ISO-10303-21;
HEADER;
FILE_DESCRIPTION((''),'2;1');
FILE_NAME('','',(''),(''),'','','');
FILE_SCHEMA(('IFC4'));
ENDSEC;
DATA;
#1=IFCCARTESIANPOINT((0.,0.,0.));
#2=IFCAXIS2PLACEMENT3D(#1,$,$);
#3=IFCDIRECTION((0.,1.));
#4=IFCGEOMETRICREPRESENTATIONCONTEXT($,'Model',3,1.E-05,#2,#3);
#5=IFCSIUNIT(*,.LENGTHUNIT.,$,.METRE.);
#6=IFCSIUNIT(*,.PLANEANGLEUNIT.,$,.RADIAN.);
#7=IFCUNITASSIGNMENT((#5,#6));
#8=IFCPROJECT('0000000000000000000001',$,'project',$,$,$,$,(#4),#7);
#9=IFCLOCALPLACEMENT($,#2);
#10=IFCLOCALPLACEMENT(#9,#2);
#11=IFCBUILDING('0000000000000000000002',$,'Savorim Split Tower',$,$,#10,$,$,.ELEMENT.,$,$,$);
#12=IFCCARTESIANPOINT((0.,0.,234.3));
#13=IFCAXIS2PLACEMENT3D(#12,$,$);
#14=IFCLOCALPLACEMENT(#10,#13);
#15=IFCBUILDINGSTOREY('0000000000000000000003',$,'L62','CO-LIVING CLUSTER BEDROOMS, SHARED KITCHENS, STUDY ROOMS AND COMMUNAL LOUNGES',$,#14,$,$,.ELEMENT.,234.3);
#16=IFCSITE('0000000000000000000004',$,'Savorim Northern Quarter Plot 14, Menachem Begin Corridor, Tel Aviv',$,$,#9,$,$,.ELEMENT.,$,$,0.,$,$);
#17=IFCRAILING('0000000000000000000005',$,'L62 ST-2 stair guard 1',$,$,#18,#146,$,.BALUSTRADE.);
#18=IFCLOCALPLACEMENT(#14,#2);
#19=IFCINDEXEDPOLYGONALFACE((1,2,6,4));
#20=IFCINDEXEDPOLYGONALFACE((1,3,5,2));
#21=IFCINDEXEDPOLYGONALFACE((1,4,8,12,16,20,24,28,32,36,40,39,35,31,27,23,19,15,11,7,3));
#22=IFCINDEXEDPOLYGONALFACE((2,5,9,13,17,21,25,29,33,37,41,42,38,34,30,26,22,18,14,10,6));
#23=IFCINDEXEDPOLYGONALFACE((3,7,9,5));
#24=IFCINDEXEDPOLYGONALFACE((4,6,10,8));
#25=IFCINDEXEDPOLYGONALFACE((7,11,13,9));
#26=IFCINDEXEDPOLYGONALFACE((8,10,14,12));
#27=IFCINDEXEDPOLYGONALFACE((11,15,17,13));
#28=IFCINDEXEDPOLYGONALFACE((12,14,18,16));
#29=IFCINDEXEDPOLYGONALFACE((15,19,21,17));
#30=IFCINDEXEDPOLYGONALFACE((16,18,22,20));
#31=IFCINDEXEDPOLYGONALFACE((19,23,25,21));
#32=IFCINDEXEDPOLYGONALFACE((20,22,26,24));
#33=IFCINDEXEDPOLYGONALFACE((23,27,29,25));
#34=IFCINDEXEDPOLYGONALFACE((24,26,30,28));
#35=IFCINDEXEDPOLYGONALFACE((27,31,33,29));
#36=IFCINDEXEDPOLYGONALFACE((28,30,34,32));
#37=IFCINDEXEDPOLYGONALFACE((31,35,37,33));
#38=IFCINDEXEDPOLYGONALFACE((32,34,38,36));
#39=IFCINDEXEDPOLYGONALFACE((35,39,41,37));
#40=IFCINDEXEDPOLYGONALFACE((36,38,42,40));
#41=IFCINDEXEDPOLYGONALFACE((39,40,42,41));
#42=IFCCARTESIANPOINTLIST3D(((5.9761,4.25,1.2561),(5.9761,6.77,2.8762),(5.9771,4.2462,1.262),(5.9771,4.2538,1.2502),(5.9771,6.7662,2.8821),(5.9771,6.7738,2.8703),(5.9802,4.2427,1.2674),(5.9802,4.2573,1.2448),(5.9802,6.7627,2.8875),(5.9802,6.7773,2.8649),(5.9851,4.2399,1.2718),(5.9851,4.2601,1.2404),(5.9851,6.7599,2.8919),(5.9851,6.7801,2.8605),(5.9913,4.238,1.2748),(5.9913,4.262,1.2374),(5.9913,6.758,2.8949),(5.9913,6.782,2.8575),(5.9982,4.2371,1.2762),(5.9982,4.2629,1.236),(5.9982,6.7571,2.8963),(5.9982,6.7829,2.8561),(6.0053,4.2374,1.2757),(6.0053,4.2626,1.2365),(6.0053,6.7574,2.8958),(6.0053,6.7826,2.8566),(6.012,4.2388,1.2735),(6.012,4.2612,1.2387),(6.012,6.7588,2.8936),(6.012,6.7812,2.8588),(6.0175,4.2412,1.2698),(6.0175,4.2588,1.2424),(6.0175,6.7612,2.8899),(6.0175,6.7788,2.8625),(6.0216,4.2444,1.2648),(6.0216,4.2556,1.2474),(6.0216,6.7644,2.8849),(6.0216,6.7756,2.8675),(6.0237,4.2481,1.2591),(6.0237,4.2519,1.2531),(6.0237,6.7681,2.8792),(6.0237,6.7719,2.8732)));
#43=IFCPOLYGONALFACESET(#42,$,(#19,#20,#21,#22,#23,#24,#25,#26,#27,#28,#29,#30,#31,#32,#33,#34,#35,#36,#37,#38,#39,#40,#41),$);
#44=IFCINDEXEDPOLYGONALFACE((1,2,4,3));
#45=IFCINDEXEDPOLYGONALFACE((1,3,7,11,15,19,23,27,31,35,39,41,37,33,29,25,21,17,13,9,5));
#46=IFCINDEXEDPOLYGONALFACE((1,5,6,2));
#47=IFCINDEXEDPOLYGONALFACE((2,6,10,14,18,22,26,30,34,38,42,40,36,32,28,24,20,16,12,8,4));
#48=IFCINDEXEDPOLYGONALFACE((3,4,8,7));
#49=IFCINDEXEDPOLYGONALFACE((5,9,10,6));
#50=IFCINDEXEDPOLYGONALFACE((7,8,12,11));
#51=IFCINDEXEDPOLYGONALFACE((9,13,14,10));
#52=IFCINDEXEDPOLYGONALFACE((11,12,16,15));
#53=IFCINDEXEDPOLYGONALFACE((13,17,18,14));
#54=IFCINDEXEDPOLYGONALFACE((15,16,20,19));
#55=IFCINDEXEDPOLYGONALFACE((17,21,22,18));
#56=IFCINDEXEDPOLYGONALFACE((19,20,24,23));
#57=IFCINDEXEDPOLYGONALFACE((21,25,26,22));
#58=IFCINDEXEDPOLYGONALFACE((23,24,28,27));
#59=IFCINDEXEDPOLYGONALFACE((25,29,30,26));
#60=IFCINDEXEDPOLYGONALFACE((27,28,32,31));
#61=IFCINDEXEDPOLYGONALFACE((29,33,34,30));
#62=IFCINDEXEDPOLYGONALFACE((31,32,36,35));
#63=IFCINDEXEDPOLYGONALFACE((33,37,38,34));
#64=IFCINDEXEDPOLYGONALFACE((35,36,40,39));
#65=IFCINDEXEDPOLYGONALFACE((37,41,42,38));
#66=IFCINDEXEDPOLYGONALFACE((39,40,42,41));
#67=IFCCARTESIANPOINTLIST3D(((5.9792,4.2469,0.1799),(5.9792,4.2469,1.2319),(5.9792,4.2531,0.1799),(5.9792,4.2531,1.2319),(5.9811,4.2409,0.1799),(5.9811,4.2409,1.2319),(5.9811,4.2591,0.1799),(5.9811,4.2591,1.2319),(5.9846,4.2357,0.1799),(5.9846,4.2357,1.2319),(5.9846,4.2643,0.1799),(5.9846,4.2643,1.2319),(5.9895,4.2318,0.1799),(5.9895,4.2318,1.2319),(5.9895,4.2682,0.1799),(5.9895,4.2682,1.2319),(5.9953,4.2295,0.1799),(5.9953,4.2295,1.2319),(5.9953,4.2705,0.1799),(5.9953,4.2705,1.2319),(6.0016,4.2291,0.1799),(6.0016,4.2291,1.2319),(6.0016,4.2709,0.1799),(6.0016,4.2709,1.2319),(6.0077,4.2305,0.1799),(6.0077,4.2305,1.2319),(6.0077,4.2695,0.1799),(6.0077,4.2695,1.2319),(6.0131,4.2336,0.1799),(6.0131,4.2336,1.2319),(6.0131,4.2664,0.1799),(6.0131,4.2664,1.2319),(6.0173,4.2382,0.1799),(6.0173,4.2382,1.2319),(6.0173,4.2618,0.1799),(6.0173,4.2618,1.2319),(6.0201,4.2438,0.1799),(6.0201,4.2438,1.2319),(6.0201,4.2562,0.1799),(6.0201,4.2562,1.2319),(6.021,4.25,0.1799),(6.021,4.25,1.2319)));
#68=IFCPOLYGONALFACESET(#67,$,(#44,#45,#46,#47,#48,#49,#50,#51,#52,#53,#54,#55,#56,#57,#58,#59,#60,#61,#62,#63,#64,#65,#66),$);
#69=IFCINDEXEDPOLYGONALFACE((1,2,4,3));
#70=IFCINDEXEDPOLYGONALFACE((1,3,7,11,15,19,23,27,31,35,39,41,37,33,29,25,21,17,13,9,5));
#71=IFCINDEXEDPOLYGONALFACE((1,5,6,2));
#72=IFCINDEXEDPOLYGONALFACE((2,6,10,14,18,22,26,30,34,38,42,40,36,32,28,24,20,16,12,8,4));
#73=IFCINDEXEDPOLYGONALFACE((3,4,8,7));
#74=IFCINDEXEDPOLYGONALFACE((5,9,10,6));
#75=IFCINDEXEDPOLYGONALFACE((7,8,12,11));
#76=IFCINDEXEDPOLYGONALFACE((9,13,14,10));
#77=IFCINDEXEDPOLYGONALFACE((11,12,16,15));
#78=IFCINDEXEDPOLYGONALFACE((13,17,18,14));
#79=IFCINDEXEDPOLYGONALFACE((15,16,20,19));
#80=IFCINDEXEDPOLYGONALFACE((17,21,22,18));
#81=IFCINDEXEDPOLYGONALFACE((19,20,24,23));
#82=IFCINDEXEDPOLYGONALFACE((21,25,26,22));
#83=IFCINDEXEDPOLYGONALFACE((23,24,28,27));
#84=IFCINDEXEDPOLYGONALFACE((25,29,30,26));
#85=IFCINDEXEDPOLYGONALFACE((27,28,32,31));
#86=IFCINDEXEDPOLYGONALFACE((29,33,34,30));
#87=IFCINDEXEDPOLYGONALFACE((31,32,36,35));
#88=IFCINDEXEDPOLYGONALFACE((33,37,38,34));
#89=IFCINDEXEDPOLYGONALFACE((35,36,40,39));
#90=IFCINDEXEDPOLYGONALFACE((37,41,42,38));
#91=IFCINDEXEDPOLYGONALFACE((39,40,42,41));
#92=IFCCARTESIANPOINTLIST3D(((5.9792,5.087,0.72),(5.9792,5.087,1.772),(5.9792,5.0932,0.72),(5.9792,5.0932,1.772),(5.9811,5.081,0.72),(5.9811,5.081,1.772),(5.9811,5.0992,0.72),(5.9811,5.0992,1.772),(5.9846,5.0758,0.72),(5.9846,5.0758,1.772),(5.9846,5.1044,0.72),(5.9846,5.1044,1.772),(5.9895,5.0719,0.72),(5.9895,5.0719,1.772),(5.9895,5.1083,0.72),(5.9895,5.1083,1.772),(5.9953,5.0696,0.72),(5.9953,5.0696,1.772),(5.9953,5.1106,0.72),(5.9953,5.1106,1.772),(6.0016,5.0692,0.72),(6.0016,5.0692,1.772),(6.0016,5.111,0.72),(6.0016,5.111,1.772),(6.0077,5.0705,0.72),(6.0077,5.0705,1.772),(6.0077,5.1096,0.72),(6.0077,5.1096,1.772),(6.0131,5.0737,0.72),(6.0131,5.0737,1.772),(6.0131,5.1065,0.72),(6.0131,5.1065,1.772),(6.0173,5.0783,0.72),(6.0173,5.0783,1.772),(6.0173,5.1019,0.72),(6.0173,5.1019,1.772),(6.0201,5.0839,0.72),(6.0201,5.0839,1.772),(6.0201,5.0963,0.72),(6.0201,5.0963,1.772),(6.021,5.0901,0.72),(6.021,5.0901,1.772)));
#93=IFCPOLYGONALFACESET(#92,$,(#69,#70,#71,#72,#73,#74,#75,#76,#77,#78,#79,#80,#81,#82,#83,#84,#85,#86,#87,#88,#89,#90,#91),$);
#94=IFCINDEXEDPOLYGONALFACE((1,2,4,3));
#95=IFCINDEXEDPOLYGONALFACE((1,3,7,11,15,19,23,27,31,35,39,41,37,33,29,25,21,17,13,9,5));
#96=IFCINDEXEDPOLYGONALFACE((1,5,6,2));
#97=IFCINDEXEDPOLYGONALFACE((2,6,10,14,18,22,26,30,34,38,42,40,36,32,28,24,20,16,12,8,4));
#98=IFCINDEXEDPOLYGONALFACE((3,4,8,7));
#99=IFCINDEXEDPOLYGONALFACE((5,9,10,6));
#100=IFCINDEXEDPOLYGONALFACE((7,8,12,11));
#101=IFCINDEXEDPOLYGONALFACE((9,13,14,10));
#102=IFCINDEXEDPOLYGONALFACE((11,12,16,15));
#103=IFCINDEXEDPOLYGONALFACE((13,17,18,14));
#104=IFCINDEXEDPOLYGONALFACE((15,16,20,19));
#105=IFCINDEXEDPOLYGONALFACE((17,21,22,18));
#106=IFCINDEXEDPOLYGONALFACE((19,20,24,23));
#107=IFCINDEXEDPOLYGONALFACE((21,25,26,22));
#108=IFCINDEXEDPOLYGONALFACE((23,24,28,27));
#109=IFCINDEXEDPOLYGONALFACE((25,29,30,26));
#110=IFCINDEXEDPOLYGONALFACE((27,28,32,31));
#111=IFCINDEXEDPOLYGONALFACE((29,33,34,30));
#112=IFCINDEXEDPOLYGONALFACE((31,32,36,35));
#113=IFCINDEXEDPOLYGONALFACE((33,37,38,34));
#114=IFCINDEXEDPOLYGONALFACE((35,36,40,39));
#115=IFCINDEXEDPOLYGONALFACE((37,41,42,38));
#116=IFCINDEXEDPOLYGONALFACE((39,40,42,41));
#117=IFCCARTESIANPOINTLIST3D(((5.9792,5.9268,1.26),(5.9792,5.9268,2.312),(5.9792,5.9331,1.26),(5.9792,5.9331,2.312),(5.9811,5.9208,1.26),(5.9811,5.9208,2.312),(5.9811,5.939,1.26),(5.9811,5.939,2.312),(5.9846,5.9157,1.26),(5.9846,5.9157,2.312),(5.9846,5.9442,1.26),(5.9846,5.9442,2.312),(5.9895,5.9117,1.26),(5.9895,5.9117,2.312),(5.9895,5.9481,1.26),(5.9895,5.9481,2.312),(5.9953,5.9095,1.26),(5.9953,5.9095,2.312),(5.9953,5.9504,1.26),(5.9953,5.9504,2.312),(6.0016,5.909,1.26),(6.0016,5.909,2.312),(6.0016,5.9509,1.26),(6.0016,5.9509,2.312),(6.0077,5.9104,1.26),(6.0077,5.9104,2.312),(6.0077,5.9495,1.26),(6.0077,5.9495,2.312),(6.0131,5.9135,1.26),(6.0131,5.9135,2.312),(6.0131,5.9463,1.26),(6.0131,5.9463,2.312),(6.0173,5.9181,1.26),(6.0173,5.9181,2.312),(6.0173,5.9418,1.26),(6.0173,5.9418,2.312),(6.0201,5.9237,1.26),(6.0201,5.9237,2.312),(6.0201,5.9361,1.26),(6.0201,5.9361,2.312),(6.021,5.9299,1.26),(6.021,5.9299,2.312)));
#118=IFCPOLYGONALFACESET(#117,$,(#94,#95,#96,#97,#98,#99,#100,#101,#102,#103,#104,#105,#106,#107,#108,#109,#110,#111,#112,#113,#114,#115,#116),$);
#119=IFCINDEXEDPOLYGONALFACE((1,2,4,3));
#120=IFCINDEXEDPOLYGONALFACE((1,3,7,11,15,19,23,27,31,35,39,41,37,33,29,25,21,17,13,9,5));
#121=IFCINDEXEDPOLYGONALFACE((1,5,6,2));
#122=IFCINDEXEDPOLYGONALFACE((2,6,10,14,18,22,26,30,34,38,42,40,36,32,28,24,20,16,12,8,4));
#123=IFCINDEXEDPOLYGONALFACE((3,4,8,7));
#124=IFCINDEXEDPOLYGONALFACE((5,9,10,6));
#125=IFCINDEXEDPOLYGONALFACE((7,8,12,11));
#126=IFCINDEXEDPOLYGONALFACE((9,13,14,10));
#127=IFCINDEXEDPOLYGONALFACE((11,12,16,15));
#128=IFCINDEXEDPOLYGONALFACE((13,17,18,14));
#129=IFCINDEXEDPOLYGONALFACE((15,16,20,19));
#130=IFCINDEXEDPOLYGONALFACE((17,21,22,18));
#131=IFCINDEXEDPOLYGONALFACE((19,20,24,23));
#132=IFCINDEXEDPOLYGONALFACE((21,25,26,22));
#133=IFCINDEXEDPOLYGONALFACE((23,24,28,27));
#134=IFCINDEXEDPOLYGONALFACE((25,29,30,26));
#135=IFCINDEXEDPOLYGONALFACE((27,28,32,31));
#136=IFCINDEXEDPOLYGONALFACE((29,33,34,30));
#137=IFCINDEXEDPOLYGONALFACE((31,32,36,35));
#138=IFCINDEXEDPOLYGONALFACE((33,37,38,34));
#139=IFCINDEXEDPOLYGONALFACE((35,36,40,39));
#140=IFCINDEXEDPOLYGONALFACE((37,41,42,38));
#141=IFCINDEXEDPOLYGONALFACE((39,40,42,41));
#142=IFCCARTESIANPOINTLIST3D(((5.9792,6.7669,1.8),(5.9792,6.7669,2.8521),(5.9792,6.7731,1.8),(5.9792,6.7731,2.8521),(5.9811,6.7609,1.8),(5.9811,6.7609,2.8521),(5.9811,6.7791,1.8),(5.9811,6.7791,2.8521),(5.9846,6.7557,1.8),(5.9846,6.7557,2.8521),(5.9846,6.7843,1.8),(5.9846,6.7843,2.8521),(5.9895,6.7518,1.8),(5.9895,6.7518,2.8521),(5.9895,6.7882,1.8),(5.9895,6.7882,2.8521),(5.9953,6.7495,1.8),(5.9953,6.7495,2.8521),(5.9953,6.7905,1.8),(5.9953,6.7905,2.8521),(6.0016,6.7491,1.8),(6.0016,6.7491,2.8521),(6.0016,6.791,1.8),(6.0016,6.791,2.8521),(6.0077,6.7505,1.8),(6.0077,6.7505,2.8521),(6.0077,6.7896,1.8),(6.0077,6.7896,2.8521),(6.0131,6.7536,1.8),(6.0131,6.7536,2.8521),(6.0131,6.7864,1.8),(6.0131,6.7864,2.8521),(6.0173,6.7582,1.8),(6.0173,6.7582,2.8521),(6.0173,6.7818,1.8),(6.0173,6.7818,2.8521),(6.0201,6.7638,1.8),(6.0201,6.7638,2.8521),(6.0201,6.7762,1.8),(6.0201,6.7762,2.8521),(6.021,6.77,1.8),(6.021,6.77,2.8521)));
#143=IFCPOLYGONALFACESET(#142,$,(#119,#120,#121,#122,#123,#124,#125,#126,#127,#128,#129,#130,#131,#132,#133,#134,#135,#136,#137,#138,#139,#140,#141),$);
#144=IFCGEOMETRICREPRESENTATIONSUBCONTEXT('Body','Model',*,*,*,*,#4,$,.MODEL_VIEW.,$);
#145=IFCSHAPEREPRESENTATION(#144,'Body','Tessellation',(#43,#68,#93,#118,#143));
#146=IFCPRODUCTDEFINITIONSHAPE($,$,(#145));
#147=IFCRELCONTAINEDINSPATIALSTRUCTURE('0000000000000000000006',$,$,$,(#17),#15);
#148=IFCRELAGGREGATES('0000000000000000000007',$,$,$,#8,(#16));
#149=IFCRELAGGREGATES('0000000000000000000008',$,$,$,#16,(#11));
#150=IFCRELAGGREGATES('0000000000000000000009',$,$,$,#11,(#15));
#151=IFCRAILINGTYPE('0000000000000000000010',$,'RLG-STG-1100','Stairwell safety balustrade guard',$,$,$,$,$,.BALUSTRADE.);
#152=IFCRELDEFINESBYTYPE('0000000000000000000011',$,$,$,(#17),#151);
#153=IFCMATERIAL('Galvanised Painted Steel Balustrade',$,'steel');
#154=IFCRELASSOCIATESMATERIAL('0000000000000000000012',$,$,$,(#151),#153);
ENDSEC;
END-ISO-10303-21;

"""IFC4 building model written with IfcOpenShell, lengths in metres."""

from ifc_helpers import new_model, si_unit, direction, frame, origin, origin_2d, place, context, subcontext, project, spatial, circle, extrude, material, type_object, element, save


model = new_model("IFC4")

# Units and contexts
model_context = context("Model", 3, precision=1e-05, world=origin(), true_north=direction((0.0, 1.0)))
body_context = subcontext(model_context, "Body", "Model", "MODEL_VIEW")
ifc_project = project(units=[si_unit("LENGTHUNIT", "METRE"), si_unit("PLANEANGLEUNIT", "RADIAN")], contexts=[model_context])

# Site, building, storey
site_placement = place(None, origin())
site = spatial("IfcSite", under=ifc_project, at=site_placement, Name="Savorim Northern Quarter Plot 14, Menachem Begin Corridor, Tel Aviv", CompositionType="ELEMENT", RefElevation=0.0)
building_placement = place(site_placement, origin())
building = spatial("IfcBuilding", under=site, at=building_placement, Name="Savorim Split Tower", CompositionType="ELEMENT")
storey_placement = place(building_placement, frame((0.0, 0.0, 234.3)))
storey = spatial("IfcBuildingStorey", under=building, at=storey_placement, Name="L62", Description="CO-LIVING CLUSTER BEDROOMS, SHARED KITCHENS, STUDY ROOMS AND COMMUNAL LOUNGES", CompositionType="ELEMENT", Elevation=234.3)

# Railing
ifc_material_1 = material(Name="Galvanised Painted Steel Balustrade", Category="steel")
railing_type_1 = type_object("IfcRailingType", Name="RLG-STG-1100", Description="Stairwell safety balustrade guard", PredefinedType="BALUSTRADE", material=ifc_material_1)
railing_1_placement = place(storey_placement, frame((6.0, 4.25, 0.1799)))
element("IfcRailing", 1, at=railing_1_placement, inside=storey, type_object=railing_type_1, Name="L62 ST-2 stair guard 1", PredefinedType="BALUSTRADE", context=body_context, shape_type="SweptSolid", body=[
    extrude(circle(Radius=0.0239, at=origin_2d()), frame((0.0, 0.0, 1.0762), z_axis=(0.0, 0.841163, 0.540782), x_axis=(-1.0, 0.0, 0.0)), (0.0, 0.0, 1.0), 2.9958),
    extrude(circle(Radius=0.021, at=origin_2d()), origin(), (0.0, 0.0, 1.0), 1.052),
    extrude(circle(Radius=0.021, at=origin_2d()), frame((0.0, 0.8401, 0.54)), (0.0, 0.0, 1.0), 1.052),
    extrude(circle(Radius=0.021, at=origin_2d()), frame((0.0, 1.6799, 1.0801)), (0.0, 0.0, 1.0), 1.052),
    extrude(circle(Radius=0.021, at=origin_2d()), frame((0.0, 2.52, 1.6201)), (0.0, 0.0, 1.0), 1.052),
])

save(model, "model.ifc")
